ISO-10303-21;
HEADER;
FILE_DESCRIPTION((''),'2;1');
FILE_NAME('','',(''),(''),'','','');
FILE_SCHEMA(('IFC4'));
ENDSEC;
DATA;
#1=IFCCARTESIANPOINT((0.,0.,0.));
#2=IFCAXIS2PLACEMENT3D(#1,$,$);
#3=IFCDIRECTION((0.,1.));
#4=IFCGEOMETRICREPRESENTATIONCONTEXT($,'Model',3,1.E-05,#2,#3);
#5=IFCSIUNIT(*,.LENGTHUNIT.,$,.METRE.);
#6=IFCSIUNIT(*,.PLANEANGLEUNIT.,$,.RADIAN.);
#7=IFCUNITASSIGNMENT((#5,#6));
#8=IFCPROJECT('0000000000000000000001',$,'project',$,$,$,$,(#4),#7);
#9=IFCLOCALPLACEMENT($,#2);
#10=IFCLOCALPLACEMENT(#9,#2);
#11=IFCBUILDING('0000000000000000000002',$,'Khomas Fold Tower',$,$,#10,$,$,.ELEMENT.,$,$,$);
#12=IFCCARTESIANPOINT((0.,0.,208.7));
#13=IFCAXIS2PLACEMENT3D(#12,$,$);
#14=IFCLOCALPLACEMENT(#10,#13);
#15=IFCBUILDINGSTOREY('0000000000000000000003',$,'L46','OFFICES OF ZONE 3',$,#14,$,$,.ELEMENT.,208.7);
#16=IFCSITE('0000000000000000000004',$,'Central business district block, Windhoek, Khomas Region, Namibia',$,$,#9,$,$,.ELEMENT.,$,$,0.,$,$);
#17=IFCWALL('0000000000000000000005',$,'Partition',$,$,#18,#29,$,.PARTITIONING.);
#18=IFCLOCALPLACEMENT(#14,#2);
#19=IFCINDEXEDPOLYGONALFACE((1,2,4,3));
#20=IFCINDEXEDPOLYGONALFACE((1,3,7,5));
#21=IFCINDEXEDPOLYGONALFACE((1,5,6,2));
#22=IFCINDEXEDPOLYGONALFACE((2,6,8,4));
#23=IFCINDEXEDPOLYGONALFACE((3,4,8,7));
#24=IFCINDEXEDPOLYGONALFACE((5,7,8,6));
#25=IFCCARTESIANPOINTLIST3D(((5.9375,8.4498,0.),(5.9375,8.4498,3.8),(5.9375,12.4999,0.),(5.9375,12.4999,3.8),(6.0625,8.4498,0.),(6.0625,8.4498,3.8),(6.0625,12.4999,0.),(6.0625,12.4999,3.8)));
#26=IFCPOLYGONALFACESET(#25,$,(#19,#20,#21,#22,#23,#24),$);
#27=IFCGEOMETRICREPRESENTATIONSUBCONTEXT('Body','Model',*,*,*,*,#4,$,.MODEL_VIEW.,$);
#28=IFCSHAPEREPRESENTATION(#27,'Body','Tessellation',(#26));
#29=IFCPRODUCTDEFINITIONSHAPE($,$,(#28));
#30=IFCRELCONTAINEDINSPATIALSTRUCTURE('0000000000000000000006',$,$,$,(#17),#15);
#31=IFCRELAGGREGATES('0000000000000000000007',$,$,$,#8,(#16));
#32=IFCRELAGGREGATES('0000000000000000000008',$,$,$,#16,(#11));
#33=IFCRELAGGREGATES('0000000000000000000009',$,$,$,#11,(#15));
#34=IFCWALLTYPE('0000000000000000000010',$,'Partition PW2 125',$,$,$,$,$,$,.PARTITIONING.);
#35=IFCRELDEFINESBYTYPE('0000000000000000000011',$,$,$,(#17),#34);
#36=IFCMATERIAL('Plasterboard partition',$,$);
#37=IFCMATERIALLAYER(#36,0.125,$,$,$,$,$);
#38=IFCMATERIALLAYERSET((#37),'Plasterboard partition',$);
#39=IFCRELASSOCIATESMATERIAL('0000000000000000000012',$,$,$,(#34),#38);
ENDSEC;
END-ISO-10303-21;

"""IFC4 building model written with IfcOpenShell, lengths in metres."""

from ifc_helpers import new_model, si_unit, direction, frame, frame_2d, origin, place, context, subcontext, project, spatial, rectangle, extrude, source, transform, mapped, material, layer, layer_set, type_object, element, save


model = new_model("IFC4")

# Units and contexts
model_context = context("Model", 3, precision=1e-05, world=origin(), true_north=direction((0.0, 1.0)))
body_context = subcontext(model_context, "Body", "Model", "MODEL_VIEW")
ifc_project = project(units=[si_unit("LENGTHUNIT", "METRE"), si_unit("PLANEANGLEUNIT", "RADIAN")], contexts=[model_context])

# Site, building, storey
site_placement = place(None, origin())
site = spatial("IfcSite", under=ifc_project, at=site_placement, Name="Central business district block, Windhoek, Khomas Region, Namibia", CompositionType="ELEMENT", RefElevation=0.0)
building_placement = place(site_placement, origin())
building = spatial("IfcBuilding", under=site, at=building_placement, Name="Khomas Fold Tower", CompositionType="ELEMENT")
storey_placement = place(building_placement, frame((0.0, 0.0, 208.7)))
storey = spatial("IfcBuildingStorey", under=building, at=storey_placement, Name="L46", Description="OFFICES OF ZONE 3", CompositionType="ELEMENT", Elevation=208.7)

# Shared definitions
ifc_material_1 = material(Name="Plasterboard partition")
ifc_layer_1 = layer(ifc_material_1, 0.125)
ifc_layer_set_1 = layer_set([ifc_layer_1], Name="Plasterboard partition")
wall_type = type_object("IfcWallType", Name="Partition PW2 125", PredefinedType="PARTITIONING", material=ifc_layer_set_1)

# Wall
shared_shape_1 = source(origin(), body_context, "Body", "SweptSolid", [
    extrude(rectangle(XDim=4.05, YDim=0.125, at=frame_2d((2.0249, 0.0))), origin(), (0.0, 0.0, 1.0), 3.8),
])
wall_1_placement = place(storey_placement, frame((6.0, 8.45, 0.0), z_axis=(0.0, 0.0, 1.0), x_axis=(0.0, 1.0, 0.0)))
element("IfcWall", 1, at=wall_1_placement, inside=storey, type_object=wall_type, Name="Partition", PredefinedType="PARTITIONING", context=body_context, shape_type="MappedRepresentation", body=[
    mapped(shared_shape_1, transform((0.0, 0.0, 0.0))),
])

save(model, "model.ifc")
